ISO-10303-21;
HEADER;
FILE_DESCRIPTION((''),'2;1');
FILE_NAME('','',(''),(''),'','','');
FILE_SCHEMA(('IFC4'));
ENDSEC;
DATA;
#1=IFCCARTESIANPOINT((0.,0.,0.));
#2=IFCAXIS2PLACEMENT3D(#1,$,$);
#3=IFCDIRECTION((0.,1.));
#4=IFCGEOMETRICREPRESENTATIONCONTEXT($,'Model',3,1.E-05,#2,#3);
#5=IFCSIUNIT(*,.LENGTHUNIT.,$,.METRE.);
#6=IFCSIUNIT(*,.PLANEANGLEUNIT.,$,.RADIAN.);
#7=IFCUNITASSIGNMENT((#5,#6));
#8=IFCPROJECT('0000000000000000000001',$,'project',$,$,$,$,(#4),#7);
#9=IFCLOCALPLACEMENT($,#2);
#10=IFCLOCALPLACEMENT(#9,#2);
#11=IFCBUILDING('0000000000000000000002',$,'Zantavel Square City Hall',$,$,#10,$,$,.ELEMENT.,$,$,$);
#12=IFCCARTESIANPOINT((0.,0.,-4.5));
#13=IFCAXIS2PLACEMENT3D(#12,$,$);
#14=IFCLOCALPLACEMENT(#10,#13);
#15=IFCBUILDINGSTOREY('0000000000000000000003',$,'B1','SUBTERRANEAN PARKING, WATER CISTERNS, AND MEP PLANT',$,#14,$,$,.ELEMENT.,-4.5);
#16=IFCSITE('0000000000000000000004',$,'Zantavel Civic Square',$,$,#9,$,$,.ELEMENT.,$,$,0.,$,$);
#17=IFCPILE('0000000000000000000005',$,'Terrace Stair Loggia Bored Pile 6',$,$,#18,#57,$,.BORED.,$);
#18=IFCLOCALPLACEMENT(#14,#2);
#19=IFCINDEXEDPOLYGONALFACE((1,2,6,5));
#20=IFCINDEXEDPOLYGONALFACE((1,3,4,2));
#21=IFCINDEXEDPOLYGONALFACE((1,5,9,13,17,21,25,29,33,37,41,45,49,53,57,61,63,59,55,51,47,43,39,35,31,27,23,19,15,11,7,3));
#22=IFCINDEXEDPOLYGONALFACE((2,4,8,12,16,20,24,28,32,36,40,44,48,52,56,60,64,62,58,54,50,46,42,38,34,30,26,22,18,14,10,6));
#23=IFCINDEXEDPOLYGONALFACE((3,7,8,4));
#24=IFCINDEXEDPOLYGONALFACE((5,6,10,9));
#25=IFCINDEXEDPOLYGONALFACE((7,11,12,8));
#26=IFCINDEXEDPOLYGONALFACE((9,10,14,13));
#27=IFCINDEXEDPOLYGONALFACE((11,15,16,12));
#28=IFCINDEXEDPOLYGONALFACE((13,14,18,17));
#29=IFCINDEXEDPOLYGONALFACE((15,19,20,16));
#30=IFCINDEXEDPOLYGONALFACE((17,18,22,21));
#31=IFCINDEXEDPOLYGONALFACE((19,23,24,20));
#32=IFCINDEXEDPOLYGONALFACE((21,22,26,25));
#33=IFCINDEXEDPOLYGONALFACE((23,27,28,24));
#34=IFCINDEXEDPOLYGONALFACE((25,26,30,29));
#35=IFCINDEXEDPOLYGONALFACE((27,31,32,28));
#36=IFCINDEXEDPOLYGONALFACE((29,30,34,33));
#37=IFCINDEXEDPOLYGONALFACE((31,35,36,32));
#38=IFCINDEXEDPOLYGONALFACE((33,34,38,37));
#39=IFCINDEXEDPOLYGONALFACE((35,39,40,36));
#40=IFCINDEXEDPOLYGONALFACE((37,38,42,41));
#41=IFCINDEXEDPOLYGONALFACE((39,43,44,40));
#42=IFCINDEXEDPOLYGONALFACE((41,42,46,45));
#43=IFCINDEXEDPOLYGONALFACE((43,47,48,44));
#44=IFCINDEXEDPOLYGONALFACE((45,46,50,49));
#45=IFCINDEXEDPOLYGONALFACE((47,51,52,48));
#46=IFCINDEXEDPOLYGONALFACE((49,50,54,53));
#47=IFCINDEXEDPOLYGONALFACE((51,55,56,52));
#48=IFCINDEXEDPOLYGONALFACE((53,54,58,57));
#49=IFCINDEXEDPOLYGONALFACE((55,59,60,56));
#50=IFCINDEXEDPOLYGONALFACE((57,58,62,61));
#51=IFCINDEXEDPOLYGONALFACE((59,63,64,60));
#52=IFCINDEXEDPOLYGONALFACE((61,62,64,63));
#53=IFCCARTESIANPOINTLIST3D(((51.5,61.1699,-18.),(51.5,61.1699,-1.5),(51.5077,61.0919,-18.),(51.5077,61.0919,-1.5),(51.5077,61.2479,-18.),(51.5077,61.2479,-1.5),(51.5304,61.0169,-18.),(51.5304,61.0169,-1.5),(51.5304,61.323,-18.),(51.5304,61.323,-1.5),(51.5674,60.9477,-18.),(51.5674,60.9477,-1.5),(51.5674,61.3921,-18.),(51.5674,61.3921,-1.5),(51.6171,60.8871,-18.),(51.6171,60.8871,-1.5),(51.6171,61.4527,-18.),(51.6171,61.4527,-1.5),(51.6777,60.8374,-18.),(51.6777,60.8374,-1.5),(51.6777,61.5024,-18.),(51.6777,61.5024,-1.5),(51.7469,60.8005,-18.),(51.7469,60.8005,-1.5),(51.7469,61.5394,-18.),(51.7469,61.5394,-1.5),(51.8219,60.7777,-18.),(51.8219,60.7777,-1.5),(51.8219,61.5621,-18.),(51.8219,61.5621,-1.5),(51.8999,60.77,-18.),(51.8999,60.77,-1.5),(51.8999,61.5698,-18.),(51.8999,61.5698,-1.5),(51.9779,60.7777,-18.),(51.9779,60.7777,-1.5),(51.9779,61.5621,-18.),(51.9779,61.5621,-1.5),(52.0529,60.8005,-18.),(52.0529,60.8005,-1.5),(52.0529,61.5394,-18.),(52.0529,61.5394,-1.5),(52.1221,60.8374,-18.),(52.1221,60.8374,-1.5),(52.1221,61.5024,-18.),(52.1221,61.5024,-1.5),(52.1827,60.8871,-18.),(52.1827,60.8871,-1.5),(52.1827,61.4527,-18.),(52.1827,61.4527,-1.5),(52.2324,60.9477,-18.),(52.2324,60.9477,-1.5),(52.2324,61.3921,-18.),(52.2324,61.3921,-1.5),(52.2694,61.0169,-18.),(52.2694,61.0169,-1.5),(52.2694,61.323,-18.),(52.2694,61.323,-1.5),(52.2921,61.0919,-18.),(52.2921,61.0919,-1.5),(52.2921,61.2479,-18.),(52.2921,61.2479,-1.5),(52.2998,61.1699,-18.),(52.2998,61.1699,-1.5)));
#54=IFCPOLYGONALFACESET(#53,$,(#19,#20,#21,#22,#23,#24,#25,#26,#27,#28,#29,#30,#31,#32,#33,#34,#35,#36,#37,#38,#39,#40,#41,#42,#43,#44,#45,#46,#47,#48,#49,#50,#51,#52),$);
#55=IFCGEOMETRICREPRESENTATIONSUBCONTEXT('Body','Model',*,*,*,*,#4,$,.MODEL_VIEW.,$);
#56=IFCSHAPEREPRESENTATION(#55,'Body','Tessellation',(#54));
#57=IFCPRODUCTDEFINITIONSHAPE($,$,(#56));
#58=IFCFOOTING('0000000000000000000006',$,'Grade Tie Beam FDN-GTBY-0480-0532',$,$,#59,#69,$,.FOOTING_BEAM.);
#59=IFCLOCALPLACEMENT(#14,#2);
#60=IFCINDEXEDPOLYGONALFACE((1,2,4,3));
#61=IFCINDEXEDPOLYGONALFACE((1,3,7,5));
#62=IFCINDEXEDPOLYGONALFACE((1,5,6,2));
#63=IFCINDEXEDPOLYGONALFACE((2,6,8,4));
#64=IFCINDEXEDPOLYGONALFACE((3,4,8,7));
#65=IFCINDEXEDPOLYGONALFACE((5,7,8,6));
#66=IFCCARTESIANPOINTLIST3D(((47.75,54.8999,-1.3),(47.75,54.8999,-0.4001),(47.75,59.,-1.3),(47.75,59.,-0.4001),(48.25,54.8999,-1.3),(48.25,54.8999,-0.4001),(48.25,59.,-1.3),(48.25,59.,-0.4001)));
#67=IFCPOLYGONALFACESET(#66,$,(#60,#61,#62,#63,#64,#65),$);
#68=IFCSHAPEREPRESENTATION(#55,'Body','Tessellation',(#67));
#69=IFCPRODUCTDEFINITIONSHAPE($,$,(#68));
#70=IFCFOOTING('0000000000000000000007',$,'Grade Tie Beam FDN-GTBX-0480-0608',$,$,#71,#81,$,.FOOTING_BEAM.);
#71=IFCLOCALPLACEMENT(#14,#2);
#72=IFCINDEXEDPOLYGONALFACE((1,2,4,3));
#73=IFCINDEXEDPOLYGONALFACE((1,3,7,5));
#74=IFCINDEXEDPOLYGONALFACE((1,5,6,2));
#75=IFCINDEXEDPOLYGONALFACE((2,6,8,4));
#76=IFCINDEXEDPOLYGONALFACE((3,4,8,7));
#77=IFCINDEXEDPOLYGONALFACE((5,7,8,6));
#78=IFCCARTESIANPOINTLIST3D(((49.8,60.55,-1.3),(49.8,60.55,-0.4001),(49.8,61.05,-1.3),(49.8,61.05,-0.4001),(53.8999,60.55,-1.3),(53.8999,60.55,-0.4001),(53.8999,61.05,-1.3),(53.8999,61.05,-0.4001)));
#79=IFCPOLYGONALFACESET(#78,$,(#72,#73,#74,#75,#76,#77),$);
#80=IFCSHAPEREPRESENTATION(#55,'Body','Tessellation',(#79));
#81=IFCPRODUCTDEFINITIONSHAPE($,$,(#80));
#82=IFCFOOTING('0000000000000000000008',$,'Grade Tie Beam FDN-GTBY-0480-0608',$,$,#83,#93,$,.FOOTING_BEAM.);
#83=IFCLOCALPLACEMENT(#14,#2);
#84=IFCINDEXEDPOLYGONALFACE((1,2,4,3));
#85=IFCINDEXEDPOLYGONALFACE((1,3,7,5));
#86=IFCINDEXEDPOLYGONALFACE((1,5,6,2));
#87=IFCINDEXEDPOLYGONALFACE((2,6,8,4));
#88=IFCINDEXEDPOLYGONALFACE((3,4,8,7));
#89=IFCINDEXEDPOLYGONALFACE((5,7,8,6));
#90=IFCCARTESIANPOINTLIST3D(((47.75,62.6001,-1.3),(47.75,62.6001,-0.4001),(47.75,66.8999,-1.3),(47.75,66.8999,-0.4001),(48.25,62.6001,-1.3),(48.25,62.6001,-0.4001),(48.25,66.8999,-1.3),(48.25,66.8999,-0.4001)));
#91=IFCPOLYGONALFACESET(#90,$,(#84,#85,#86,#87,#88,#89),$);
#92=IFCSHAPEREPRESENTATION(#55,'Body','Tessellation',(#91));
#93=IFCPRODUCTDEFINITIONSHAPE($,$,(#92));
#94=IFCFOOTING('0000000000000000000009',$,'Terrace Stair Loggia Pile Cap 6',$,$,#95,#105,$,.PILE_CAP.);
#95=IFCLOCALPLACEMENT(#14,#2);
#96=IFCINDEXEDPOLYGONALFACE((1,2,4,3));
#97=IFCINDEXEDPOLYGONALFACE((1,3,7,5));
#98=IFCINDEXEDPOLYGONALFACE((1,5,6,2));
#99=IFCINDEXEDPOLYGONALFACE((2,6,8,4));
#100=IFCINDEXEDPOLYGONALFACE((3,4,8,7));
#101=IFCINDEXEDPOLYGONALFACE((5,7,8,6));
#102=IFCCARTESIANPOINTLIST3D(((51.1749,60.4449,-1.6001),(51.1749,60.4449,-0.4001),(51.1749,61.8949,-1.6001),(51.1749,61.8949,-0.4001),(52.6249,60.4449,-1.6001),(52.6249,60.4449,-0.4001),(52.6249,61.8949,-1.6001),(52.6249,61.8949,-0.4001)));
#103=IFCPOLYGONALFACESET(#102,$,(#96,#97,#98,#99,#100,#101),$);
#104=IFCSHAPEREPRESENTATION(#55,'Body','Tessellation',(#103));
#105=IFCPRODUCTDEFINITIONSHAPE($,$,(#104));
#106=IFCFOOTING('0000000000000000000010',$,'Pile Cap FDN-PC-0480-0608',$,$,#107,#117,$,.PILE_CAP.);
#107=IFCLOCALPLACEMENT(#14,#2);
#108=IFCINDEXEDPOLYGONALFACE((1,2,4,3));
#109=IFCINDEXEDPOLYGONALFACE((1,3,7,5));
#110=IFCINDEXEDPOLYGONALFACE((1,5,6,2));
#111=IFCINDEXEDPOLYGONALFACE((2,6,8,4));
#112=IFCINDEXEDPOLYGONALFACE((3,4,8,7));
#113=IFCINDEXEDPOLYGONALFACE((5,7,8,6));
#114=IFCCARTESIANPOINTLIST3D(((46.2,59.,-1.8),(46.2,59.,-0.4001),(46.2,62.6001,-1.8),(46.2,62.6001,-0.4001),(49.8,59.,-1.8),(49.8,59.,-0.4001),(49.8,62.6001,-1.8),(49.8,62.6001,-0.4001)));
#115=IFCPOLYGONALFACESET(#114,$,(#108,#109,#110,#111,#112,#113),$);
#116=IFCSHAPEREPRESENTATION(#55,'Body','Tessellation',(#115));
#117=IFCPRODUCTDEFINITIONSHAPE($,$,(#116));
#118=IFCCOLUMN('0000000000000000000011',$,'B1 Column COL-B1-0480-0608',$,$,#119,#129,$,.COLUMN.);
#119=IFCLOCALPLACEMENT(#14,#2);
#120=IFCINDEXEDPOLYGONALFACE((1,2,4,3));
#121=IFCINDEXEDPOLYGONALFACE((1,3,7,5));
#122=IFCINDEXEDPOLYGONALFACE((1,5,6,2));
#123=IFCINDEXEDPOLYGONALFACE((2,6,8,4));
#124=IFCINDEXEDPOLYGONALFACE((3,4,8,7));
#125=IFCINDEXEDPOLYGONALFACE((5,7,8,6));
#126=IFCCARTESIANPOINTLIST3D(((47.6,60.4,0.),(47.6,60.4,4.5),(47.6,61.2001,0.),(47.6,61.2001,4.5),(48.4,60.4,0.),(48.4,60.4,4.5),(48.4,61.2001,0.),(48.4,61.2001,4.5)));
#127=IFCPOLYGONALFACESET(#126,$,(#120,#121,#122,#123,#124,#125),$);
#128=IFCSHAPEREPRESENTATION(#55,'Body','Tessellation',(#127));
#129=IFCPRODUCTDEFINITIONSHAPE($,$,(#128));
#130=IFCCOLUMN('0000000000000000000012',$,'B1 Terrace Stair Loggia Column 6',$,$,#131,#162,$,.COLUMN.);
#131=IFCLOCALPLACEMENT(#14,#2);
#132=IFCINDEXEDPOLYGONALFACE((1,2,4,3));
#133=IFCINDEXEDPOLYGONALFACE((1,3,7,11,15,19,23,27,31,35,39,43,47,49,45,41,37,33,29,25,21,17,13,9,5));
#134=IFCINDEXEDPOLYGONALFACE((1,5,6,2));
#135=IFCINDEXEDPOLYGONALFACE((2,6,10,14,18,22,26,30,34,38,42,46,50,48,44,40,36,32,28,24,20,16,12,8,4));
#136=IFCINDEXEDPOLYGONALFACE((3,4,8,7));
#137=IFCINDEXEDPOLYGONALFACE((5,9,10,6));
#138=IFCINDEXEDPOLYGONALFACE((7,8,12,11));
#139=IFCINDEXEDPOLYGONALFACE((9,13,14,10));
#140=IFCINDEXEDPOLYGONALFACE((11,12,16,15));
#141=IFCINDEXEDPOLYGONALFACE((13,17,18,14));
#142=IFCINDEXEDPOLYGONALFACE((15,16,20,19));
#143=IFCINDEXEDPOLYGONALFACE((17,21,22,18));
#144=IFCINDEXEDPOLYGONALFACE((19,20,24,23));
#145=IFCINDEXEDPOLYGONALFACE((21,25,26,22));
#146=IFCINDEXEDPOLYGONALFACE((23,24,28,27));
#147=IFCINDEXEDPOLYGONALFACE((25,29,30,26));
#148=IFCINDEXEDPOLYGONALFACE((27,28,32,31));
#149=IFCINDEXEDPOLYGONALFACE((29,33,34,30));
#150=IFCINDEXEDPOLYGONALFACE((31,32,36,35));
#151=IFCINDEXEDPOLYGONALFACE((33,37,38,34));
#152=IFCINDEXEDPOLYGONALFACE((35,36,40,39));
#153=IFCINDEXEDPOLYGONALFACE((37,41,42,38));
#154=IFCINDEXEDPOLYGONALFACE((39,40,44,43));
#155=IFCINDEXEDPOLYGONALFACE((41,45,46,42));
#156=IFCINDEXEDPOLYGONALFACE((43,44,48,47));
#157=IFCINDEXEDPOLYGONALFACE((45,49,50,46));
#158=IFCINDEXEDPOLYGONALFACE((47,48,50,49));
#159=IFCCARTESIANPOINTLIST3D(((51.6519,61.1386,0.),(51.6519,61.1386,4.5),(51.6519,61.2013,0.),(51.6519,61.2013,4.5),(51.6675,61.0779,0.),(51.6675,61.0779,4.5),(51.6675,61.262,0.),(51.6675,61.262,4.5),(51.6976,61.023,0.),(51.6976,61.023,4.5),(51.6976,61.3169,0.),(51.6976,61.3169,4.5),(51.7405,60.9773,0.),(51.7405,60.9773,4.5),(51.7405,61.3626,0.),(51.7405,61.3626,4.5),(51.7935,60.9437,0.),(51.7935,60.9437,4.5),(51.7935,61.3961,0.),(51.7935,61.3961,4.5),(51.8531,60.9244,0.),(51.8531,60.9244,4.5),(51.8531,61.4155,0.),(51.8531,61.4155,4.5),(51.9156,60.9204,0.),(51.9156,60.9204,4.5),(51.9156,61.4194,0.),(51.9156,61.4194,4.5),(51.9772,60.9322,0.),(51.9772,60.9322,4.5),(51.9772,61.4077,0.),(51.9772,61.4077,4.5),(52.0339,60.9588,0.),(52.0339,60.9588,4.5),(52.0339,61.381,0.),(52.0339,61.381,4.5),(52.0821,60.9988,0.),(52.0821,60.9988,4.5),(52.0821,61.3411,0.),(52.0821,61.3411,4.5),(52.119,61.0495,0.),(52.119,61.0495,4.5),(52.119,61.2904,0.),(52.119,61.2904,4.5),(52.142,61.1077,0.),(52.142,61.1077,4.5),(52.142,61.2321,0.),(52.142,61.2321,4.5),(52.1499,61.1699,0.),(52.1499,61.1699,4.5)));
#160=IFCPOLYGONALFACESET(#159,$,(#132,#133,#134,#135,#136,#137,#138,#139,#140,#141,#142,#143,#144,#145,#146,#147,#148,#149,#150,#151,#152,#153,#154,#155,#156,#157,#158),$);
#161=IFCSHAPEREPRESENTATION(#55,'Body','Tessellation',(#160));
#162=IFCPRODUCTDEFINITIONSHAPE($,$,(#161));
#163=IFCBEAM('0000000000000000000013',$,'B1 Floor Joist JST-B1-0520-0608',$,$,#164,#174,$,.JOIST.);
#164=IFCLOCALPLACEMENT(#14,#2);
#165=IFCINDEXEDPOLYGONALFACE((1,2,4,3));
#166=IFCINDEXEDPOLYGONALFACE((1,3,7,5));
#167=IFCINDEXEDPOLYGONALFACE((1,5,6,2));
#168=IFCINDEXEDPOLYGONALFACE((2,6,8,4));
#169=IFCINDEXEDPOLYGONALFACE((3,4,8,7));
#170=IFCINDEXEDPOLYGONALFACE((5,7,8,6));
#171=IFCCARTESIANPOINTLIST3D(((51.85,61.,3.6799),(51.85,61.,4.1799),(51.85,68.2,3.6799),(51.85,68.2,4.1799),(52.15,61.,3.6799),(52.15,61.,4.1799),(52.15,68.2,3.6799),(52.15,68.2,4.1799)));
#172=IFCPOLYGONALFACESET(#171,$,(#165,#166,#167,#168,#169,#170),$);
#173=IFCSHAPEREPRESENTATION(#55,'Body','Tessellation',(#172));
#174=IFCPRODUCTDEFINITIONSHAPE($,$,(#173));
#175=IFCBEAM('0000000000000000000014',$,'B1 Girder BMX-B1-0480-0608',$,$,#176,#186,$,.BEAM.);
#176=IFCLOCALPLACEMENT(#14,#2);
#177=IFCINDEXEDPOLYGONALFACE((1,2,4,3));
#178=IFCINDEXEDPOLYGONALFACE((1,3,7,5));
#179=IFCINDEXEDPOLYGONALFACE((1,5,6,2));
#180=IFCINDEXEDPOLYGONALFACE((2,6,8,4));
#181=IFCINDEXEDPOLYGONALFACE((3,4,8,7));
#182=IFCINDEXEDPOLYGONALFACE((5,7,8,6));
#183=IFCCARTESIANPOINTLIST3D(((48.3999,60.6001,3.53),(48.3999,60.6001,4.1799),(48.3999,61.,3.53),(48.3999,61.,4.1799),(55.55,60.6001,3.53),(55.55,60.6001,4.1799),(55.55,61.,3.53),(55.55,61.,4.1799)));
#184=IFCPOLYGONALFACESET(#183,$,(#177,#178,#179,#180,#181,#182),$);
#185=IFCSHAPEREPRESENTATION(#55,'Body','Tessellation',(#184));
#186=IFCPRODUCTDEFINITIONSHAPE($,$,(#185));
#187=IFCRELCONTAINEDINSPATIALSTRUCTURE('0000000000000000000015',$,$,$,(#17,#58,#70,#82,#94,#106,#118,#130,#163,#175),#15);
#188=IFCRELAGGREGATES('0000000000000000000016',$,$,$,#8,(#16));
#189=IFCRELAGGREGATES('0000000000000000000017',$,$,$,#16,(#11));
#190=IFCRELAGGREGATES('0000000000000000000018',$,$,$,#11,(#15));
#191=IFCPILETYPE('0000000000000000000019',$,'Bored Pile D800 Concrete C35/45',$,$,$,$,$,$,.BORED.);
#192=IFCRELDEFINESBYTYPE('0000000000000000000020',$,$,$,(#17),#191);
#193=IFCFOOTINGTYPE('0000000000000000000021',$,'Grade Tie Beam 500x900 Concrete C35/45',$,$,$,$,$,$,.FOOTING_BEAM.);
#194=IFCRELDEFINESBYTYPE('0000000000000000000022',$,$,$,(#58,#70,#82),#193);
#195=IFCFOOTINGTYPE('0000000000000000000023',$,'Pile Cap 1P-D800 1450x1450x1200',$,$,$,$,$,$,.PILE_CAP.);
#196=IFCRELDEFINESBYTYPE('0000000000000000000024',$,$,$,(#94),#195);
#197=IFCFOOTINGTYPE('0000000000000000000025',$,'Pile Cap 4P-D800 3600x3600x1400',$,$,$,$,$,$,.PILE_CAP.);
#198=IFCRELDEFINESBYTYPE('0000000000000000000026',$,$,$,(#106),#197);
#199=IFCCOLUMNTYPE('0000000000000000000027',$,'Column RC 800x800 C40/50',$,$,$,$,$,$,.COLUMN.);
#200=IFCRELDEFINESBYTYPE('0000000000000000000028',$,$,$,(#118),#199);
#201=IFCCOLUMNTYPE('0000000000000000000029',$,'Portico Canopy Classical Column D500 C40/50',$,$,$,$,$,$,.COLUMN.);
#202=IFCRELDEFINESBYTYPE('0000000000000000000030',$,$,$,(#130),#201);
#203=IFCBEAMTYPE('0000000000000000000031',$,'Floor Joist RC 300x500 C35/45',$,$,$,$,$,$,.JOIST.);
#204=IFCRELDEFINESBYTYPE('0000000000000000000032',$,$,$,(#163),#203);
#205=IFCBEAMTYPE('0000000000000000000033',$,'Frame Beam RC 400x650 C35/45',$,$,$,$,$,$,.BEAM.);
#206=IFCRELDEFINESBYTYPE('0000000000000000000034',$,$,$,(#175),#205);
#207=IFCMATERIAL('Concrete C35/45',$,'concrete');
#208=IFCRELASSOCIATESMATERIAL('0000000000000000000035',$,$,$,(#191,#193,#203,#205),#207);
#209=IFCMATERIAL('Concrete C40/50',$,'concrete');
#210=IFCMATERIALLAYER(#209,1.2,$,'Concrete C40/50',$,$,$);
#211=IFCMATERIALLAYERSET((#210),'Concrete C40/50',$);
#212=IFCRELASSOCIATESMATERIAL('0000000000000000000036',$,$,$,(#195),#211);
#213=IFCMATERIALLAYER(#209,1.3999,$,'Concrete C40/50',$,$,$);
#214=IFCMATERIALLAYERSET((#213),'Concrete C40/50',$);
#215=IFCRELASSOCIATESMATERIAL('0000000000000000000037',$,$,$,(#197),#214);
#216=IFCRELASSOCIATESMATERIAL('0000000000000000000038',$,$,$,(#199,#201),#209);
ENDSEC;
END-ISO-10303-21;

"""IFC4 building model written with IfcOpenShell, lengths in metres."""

from ifc_helpers import new_model, si_unit, direction, frame, origin, origin_2d, place, context, subcontext, project, spatial, rectangle, circle, extrude, material, layer, layer_set, material_profile, profile_set, type_object, element, save


model = new_model("IFC4")

# Units and contexts
model_context = context("Model", 3, precision=1e-05, world=origin(), true_north=direction((0.0, 1.0)))
body_context = subcontext(model_context, "Body", "Model", "MODEL_VIEW")
ifc_project = project(units=[si_unit("LENGTHUNIT", "METRE"), si_unit("PLANEANGLEUNIT", "RADIAN")], contexts=[model_context])

# Site, building, storey
site_placement = place(None, origin())
site = spatial("IfcSite", under=ifc_project, at=site_placement, Name="Zantavel Civic Square", CompositionType="ELEMENT", RefElevation=0.0)
building_placement = place(site_placement, origin())
building = spatial("IfcBuilding", under=site, at=building_placement, Name="Zantavel Square City Hall", CompositionType="ELEMENT")
storey_placement = place(building_placement, frame((0.0, 0.0, -4.5)))
storey = spatial("IfcBuildingStorey", under=building, at=storey_placement, Name="B1", Description="SUBTERRANEAN PARKING, WATER CISTERNS, AND MEP PLANT", CompositionType="ELEMENT", Elevation=-4.5)

# Pile
ifc_material_1 = material(Name="Concrete C35/45", Category="concrete")
ifc_material_profile_1 = material_profile(ifc_material_1, circle(Radius=0.3999, at=origin_2d()), Name="PILE D800")
ifc_profile_set_1 = profile_set([ifc_material_profile_1], Name="Concrete C35/45")
pile_type_1 = type_object("IfcPileType", Name="Bored Pile D800 Concrete C35/45", PredefinedType="BORED", material=ifc_profile_set_1)
pile_1_placement = place(storey_placement, frame((51.8999, 61.1699, -1.5), z_axis=(0.0, 0.0, -1.0), x_axis=(1.0, 0.0, 0.0)))
element("IfcPile", 1, at=pile_1_placement, inside=storey, type_object=pile_type_1, Name="Terrace Stair Loggia Bored Pile 6", PredefinedType="BORED", context=body_context, shape_type="SweptSolid", body=[
    extrude(circle(Radius=0.3999, at=origin_2d()), origin(), (0.0, 0.0, 1.0), 16.5),
])

# Footings
ifc_material_profile_2 = material_profile(ifc_material_1, rectangle(XDim=0.5, YDim=0.8999, at=origin_2d()), Name="RC 500x900")
ifc_profile_set_2 = profile_set([ifc_material_profile_2], Name="Concrete C35/45")
footing_type_1 = type_object("IfcFootingType", Name="Grade Tie Beam 500x900 Concrete C35/45", PredefinedType="FOOTING_BEAM", material=ifc_profile_set_2)
footing_1_placement = place(storey_placement, frame((48.0, 54.8999, -0.8501), z_axis=(0.0, 1.0, 0.0), x_axis=(-1.0, 0.0, 0.0)))
element("IfcFooting", 2, at=footing_1_placement, inside=storey, type_object=footing_type_1, Name="Grade Tie Beam FDN-GTBY-0480-0532", PredefinedType="FOOTING_BEAM", context=body_context, shape_type="SweptSolid", body=[
    extrude(rectangle(XDim=0.5, YDim=0.8999, at=origin_2d()), origin(), (0.0, 0.0, 1.0), 4.1001),
])
footing_2_placement = place(storey_placement, frame((49.8, 60.8, -0.8501), z_axis=(1.0, 0.0, 0.0), x_axis=(0.0, 1.0, 0.0)))
element("IfcFooting", 3, at=footing_2_placement, inside=storey, type_object=footing_type_1, Name="Grade Tie Beam FDN-GTBX-0480-0608", PredefinedType="FOOTING_BEAM", context=body_context, shape_type="SweptSolid", body=[
    extrude(rectangle(XDim=0.5, YDim=0.8999, at=origin_2d()), origin(), (0.0, 0.0, 1.0), 4.0999),
])
footing_3_placement = place(storey_placement, frame((48.0, 62.6001, -0.8501), z_axis=(0.0, 1.0, 0.0), x_axis=(-1.0, 0.0, 0.0)))
element("IfcFooting", 4, at=footing_3_placement, inside=storey, type_object=footing_type_1, Name="Grade Tie Beam FDN-GTBY-0480-0608", PredefinedType="FOOTING_BEAM", context=body_context, shape_type="SweptSolid", body=[
    extrude(rectangle(XDim=0.5, YDim=0.8999, at=origin_2d()), origin(), (0.0, 0.0, 1.0), 4.2998),
])
ifc_material_2 = material(Name="Concrete C40/50", Category="concrete")
ifc_layer_1 = layer(ifc_material_2, 1.2, Name="Concrete C40/50")
ifc_layer_set_1 = layer_set([ifc_layer_1], Name="Concrete C40/50")
footing_type_2 = type_object("IfcFootingType", Name="Pile Cap 1P-D800 1450x1450x1200", PredefinedType="PILE_CAP", material=ifc_layer_set_1)
footing_4_placement = place(storey_placement, frame((51.8999, 61.1699, -1.6001), z_axis=(0.0, 0.0, 1.0), x_axis=(1.0, 0.0, 0.0)))
element("IfcFooting", 5, at=footing_4_placement, inside=storey, type_object=footing_type_2, Name="Terrace Stair Loggia Pile Cap 6", PredefinedType="PILE_CAP", context=body_context, shape_type="SweptSolid", body=[
    extrude(rectangle(XDim=1.45, YDim=1.45, at=origin_2d()), origin(), (0.0, 0.0, 1.0), 1.2),
])
ifc_layer_2 = layer(ifc_material_2, 1.3999, Name="Concrete C40/50")
ifc_layer_set_2 = layer_set([ifc_layer_2], Name="Concrete C40/50")
footing_type_3 = type_object("IfcFootingType", Name="Pile Cap 4P-D800 3600x3600x1400", PredefinedType="PILE_CAP", material=ifc_layer_set_2)
footing_5_placement = place(storey_placement, frame((48.0, 60.8, -1.8), z_axis=(0.0, 0.0, 1.0), x_axis=(1.0, 0.0, 0.0)))
element("IfcFooting", 6, at=footing_5_placement, inside=storey, type_object=footing_type_3, Name="Pile Cap FDN-PC-0480-0608", PredefinedType="PILE_CAP", context=body_context, shape_type="SweptSolid", body=[
    extrude(rectangle(XDim=3.6001, YDim=3.6001, at=origin_2d()), origin(), (0.0, 0.0, 1.0), 1.3999),
])

# Columns
ifc_material_profile_3 = material_profile(ifc_material_2, rectangle(XDim=0.8, YDim=0.8, at=origin_2d()), Name="RC 800x800")
ifc_profile_set_3 = profile_set([ifc_material_profile_3], Name="Concrete C40/50")
column_type_1 = type_object("IfcColumnType", Name="Column RC 800x800 C40/50", PredefinedType="COLUMN", material=ifc_profile_set_3)
column_1_placement = place(storey_placement, frame((48.0, 60.8, 0.0), z_axis=(0.0, 0.0, 1.0), x_axis=(1.0, 0.0, 0.0)))
element("IfcColumn", 7, at=column_1_placement, inside=storey, type_object=column_type_1, Name="B1 Column COL-B1-0480-0608", PredefinedType="COLUMN", context=body_context, shape_type="SweptSolid", body=[
    extrude(rectangle(XDim=0.8, YDim=0.8, at=origin_2d()), origin(), (0.0, 0.0, 1.0), 4.5),
])
ifc_material_profile_4 = material_profile(ifc_material_2, circle(Radius=0.25, at=origin_2d()), Name="ROUND D500")
ifc_profile_set_4 = profile_set([ifc_material_profile_4], Name="Concrete C40/50")
column_type_2 = type_object("IfcColumnType", Name="Portico Canopy Classical Column D500 C40/50", PredefinedType="COLUMN", material=ifc_profile_set_4)
column_2_placement = place(storey_placement, frame((51.8999, 61.1699, 0.0), z_axis=(0.0, 0.0, 1.0), x_axis=(1.0, 0.0, 0.0)))
element("IfcColumn", 8, at=column_2_placement, inside=storey, type_object=column_type_2, Name="B1 Terrace Stair Loggia Column 6", PredefinedType="COLUMN", context=body_context, shape_type="SweptSolid", body=[
    extrude(circle(Radius=0.25, at=origin_2d()), origin(), (0.0, 0.0, 1.0), 4.5),
])

# Beams
ifc_material_profile_5 = material_profile(ifc_material_1, rectangle(XDim=0.3, YDim=0.5, at=origin_2d()), Name="RC 300x500")
ifc_profile_set_5 = profile_set([ifc_material_profile_5], Name="Concrete C35/45")
beam_type_1 = type_object("IfcBeamType", Name="Floor Joist RC 300x500 C35/45", PredefinedType="JOIST", material=ifc_profile_set_5)
beam_1_placement = place(storey_placement, frame((52.0, 61.0, 3.9299), z_axis=(0.0, 1.0, 0.0), x_axis=(-1.0, 0.0, 0.0)))
element("IfcBeam", 9, at=beam_1_placement, inside=storey, type_object=beam_type_1, Name="B1 Floor Joist JST-B1-0520-0608", PredefinedType="JOIST", context=body_context, shape_type="SweptSolid", body=[
    extrude(rectangle(XDim=0.3, YDim=0.5, at=origin_2d()), origin(), (0.0, 0.0, 1.0), 7.2),
])
ifc_material_profile_6 = material_profile(ifc_material_1, rectangle(XDim=0.3999, YDim=0.6499, at=origin_2d()), Name="RC 400x650")
ifc_profile_set_6 = profile_set([ifc_material_profile_6], Name="Concrete C35/45")
beam_type_2 = type_object("IfcBeamType", Name="Frame Beam RC 400x650 C35/45", PredefinedType="BEAM", material=ifc_profile_set_6)
beam_2_placement = place(storey_placement, frame((48.3999, 60.8, 3.855), z_axis=(1.0, 0.0, 0.0), x_axis=(0.0, 1.0, 0.0)))
element("IfcBeam", 10, at=beam_2_placement, inside=storey, type_object=beam_type_2, Name="B1 Girder BMX-B1-0480-0608", PredefinedType="BEAM", context=body_context, shape_type="SweptSolid", body=[
    extrude(rectangle(XDim=0.3999, YDim=0.6499, at=origin_2d()), origin(), (0.0, 0.0, 1.0), 7.1501),
])

save(model, "model.ifc")
